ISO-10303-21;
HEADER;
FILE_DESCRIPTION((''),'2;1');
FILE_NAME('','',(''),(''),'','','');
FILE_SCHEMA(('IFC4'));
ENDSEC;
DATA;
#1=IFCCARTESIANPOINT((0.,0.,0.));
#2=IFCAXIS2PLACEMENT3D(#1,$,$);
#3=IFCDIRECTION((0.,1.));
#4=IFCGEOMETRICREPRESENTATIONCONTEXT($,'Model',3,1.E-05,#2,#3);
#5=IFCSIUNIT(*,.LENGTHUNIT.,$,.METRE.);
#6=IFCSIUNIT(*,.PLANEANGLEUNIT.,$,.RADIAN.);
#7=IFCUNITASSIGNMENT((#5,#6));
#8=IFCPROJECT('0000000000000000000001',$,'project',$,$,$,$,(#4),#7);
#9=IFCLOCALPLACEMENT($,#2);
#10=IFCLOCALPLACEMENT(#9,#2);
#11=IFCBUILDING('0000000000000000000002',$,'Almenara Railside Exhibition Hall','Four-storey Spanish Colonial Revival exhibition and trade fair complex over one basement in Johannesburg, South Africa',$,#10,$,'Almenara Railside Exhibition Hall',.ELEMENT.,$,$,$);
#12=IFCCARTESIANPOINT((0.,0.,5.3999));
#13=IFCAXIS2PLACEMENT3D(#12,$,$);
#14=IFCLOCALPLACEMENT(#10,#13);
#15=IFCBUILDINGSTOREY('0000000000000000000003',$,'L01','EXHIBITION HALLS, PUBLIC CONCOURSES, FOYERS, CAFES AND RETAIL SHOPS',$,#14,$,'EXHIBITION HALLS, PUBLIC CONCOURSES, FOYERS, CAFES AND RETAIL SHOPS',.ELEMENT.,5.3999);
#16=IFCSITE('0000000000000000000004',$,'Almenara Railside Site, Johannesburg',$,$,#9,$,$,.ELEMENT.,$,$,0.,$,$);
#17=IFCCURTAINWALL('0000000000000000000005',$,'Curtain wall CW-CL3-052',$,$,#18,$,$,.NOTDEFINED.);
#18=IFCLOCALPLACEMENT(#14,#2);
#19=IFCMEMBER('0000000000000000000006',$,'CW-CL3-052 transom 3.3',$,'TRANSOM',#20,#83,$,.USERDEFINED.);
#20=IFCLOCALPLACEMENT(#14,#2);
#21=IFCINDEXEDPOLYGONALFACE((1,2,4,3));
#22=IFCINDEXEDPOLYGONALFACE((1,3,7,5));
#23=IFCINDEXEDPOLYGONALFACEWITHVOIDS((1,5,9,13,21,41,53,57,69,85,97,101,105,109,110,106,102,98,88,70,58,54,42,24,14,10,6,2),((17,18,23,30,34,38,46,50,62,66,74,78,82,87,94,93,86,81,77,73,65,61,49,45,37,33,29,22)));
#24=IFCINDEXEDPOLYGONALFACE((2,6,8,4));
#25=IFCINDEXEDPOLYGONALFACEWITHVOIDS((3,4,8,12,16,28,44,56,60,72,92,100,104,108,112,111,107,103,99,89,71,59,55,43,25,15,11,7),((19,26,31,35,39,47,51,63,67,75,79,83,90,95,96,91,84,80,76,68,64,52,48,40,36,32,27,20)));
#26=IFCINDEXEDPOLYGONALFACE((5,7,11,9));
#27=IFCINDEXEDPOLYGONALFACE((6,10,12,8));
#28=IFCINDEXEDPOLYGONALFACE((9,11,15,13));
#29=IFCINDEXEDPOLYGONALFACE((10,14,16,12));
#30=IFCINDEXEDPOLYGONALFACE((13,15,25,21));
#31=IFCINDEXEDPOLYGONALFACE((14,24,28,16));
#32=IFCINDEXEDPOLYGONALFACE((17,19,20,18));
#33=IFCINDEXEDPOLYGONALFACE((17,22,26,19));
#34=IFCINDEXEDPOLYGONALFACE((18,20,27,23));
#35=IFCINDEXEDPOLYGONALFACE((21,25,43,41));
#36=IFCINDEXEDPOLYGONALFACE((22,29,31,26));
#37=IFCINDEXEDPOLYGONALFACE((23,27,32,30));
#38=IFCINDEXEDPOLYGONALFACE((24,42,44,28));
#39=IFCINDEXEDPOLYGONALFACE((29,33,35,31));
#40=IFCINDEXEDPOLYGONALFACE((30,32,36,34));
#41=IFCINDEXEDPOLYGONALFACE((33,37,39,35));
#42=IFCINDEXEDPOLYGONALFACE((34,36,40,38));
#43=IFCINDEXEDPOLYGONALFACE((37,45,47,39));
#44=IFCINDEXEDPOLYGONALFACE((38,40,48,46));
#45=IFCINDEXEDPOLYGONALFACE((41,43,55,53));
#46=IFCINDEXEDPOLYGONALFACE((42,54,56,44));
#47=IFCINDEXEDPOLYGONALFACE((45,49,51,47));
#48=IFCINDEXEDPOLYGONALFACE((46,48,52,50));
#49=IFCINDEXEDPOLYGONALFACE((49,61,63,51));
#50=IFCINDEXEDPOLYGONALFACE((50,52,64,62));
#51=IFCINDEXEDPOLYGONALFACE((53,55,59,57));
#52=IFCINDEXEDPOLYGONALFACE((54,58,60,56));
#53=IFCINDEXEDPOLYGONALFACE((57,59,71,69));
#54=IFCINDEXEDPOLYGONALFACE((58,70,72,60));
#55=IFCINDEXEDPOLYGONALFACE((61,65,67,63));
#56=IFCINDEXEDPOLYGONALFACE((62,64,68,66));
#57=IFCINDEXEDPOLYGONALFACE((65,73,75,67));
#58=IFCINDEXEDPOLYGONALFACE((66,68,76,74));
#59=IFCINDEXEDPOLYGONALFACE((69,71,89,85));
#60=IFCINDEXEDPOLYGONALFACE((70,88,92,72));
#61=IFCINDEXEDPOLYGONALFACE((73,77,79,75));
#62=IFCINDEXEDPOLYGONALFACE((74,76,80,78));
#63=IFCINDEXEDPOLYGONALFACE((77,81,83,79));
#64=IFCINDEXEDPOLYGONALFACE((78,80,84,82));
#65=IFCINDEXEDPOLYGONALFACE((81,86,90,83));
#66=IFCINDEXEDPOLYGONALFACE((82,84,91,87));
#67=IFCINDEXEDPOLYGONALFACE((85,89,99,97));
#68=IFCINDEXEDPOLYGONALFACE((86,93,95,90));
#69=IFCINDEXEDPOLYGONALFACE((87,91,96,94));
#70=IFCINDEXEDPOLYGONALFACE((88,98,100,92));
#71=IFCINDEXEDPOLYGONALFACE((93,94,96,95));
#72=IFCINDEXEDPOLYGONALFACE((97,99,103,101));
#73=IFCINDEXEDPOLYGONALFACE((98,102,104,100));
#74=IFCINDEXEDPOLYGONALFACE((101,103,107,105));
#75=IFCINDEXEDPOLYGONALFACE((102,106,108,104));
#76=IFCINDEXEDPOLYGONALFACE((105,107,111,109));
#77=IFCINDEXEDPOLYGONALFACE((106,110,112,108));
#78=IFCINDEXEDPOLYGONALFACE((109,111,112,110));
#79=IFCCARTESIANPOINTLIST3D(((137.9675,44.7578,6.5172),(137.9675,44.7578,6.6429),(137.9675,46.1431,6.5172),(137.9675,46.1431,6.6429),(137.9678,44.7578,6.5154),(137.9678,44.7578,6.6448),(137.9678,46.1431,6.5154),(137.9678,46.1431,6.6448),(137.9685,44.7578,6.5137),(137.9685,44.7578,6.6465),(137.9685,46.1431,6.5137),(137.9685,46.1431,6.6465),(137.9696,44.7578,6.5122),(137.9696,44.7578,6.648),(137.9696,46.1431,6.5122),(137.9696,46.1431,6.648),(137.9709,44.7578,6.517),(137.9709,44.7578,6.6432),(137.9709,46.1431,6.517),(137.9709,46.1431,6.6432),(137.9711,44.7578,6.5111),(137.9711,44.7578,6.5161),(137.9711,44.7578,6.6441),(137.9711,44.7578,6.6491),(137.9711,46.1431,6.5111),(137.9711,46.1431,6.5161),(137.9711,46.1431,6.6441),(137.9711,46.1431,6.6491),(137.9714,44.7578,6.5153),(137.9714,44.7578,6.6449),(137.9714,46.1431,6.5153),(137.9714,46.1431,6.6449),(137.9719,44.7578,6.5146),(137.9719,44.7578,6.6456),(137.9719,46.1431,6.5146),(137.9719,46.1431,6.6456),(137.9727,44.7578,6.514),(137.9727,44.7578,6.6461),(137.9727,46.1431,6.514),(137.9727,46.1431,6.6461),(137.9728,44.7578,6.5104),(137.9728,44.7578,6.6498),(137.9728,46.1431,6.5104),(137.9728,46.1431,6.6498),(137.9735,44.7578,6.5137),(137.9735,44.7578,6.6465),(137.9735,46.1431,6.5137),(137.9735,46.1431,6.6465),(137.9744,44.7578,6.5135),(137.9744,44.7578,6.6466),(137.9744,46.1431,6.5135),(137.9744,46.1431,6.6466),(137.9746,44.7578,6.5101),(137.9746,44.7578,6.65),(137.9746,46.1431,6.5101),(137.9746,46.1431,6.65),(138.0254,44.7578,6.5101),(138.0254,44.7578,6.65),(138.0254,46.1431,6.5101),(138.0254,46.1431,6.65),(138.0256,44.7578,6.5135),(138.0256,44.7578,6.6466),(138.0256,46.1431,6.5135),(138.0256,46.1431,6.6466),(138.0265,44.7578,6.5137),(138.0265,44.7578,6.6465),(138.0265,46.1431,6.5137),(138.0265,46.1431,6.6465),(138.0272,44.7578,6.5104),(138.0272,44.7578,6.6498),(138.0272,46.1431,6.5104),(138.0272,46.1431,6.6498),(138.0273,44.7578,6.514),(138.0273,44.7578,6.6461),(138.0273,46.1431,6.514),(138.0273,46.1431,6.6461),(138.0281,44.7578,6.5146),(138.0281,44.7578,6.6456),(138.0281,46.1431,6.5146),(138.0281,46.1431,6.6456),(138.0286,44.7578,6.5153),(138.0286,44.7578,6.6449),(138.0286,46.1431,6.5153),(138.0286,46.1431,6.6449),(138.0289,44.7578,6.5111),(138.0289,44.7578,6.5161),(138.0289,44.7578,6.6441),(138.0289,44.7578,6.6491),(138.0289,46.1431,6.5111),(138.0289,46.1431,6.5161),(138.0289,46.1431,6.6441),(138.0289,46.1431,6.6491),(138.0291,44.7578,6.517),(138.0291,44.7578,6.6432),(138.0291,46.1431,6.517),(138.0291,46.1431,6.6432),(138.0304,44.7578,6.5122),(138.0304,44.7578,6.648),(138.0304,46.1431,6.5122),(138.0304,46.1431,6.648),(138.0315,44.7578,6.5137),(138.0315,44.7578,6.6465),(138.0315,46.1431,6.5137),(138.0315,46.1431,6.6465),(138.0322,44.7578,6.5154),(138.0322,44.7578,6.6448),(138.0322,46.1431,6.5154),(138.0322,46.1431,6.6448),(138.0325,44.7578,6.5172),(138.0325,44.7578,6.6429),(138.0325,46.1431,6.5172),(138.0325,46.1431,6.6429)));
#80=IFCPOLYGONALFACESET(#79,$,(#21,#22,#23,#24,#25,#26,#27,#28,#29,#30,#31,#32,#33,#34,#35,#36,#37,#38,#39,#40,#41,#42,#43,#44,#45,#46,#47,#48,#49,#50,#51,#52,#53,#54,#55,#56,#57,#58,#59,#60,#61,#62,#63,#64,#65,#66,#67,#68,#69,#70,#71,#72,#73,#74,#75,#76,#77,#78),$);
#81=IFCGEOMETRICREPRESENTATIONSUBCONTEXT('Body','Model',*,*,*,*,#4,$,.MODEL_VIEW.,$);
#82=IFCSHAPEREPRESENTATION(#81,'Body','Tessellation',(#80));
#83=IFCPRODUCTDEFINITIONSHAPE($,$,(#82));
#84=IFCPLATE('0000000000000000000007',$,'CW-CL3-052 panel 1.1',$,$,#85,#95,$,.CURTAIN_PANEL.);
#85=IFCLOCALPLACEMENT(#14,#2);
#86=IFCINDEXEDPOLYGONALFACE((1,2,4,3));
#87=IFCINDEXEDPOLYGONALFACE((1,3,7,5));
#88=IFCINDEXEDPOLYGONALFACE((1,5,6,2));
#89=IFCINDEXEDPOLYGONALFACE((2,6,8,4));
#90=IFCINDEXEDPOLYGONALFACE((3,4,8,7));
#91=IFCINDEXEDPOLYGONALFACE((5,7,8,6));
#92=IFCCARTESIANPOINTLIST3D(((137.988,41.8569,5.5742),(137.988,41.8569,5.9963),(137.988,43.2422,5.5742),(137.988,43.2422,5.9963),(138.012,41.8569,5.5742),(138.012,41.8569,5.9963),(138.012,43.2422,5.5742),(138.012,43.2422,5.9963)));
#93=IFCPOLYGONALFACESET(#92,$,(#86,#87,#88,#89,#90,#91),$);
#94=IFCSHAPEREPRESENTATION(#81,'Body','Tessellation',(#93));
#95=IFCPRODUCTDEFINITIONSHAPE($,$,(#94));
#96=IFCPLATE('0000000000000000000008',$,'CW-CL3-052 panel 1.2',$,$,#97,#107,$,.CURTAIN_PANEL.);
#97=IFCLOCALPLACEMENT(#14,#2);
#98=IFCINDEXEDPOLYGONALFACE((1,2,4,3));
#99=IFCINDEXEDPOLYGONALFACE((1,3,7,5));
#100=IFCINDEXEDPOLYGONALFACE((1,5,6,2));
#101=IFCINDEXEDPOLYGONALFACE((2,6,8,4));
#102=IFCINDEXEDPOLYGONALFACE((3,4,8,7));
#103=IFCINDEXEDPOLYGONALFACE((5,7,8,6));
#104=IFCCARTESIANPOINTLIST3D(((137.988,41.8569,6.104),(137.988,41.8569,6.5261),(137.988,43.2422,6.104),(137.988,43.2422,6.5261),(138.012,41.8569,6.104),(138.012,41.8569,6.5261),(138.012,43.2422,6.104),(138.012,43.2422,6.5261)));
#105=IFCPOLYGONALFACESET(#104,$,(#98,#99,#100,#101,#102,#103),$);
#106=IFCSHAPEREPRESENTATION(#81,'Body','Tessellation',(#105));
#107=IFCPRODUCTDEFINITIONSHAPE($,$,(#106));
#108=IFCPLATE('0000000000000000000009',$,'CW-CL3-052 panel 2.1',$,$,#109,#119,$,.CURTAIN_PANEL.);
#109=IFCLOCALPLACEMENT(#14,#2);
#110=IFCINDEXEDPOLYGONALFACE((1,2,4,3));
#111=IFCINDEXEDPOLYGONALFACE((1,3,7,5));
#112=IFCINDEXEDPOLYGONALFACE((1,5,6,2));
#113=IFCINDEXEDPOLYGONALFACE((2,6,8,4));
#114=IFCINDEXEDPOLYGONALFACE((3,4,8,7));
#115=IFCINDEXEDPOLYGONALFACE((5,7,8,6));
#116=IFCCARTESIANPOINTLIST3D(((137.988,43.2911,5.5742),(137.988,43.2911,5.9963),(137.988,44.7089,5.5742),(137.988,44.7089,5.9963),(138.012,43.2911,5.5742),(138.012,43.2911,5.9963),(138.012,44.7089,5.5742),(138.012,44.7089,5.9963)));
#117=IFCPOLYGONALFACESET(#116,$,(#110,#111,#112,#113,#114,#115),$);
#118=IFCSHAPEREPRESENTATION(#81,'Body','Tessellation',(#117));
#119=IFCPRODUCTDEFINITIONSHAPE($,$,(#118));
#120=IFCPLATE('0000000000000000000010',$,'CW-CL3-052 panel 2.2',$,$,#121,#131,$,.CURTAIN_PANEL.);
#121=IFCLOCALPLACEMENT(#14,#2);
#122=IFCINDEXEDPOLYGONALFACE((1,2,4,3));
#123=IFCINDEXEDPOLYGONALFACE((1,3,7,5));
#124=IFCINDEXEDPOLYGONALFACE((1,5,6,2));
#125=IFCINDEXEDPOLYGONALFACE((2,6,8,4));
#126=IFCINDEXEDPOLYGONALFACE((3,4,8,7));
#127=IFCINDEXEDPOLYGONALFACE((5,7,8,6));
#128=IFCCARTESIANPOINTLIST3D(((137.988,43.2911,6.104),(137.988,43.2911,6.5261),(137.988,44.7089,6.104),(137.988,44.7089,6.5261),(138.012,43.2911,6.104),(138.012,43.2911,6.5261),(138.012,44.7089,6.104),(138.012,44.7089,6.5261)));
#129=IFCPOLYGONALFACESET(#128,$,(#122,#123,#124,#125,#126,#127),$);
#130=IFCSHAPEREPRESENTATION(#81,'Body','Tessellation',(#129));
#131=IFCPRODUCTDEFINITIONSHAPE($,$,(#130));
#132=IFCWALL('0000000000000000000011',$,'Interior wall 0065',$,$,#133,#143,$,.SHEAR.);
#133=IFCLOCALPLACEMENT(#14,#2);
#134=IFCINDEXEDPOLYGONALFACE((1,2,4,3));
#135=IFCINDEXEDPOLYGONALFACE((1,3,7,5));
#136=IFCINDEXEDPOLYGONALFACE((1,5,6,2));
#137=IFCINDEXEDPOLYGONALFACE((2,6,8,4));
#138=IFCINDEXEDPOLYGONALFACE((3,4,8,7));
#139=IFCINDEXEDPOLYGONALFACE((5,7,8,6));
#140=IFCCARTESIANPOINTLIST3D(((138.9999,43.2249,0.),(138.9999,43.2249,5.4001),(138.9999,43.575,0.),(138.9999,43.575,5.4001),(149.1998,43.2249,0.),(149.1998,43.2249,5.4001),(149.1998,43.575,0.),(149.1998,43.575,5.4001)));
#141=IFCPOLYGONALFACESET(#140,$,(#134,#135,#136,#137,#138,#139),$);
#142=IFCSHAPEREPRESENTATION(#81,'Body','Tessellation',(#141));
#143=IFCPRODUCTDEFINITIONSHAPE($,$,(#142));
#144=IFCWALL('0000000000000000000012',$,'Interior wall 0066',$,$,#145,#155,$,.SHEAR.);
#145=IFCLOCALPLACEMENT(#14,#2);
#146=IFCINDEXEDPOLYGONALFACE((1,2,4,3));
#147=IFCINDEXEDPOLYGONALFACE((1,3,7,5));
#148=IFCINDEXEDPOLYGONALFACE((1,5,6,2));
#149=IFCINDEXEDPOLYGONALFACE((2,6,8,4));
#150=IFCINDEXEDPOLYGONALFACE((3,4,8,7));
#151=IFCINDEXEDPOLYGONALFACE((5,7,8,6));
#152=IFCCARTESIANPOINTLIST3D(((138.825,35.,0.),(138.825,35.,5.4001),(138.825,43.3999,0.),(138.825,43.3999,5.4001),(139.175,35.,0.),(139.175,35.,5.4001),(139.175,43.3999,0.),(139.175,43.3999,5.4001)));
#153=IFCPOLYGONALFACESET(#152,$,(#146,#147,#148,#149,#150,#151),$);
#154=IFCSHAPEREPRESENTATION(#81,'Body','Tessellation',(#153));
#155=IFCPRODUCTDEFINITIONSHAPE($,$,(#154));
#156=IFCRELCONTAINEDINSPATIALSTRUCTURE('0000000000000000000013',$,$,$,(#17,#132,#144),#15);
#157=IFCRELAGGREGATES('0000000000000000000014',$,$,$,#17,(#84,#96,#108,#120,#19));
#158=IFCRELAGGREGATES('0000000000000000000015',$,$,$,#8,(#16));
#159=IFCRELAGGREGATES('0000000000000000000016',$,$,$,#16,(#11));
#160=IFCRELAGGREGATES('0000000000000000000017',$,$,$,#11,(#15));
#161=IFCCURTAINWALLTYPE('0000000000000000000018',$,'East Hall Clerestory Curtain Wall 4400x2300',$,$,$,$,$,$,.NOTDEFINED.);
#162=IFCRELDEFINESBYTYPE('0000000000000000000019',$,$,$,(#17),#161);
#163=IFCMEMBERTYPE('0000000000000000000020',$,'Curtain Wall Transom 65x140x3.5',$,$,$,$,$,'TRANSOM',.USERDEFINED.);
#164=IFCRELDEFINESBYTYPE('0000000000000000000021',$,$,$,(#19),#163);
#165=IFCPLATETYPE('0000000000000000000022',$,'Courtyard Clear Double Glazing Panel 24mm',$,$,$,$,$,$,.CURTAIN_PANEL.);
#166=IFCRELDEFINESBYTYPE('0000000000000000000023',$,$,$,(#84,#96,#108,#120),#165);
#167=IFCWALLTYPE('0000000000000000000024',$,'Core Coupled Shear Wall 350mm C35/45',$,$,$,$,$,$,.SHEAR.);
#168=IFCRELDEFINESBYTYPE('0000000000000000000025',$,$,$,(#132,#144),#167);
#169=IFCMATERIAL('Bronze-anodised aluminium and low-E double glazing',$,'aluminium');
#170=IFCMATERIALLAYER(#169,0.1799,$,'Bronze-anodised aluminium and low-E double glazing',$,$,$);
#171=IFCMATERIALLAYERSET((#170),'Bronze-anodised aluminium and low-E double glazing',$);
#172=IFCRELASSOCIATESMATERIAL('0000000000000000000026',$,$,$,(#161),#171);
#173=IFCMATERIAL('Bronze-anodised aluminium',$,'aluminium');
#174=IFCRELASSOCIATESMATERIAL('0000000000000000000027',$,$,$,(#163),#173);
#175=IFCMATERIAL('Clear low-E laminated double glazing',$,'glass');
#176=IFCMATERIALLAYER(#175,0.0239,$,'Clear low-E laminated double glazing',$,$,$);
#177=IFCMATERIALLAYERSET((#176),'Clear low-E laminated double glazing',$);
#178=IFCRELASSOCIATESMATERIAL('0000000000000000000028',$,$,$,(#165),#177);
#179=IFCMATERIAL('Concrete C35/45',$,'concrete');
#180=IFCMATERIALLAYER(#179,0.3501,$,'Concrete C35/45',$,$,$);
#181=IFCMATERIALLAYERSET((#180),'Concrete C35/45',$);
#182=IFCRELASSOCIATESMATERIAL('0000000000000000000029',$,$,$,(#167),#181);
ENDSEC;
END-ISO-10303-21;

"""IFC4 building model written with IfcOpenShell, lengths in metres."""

from ifc_helpers import new_model, si_unit, direction, frame, frame_2d, origin, origin_2d, place, context, subcontext, project, spatial, rectangle, hollow_rectangle, extrude, material, layer, layer_set, material_profile, profile_set, type_object, element, aggregate, save


model = new_model("IFC4")

# Units and contexts
model_context = context("Model", 3, precision=1e-05, world=origin(), true_north=direction((0.0, 1.0)))
body_context = subcontext(model_context, "Body", "Model", "MODEL_VIEW")
ifc_project = project(units=[si_unit("LENGTHUNIT", "METRE"), si_unit("PLANEANGLEUNIT", "RADIAN")], contexts=[model_context])

# Site, building, storey
site_placement = place(None, origin())
site = spatial("IfcSite", under=ifc_project, at=site_placement, Name="Almenara Railside Site, Johannesburg", CompositionType="ELEMENT", RefElevation=0.0)
building_placement = place(site_placement, origin())
building = spatial("IfcBuilding", under=site, at=building_placement, Name="Almenara Railside Exhibition Hall", Description="Four-storey Spanish Colonial Revival exhibition and trade fair complex over one basement in Johannesburg, South Africa", LongName="Almenara Railside Exhibition Hall", CompositionType="ELEMENT")
storey_placement = place(building_placement, frame((0.0, 0.0, 5.3999)))
storey = spatial("IfcBuildingStorey", under=building, at=storey_placement, Name="L01", Description="EXHIBITION HALLS, PUBLIC CONCOURSES, FOYERS, CAFES AND RETAIL SHOPS", LongName="EXHIBITION HALLS, PUBLIC CONCOURSES, FOYERS, CAFES AND RETAIL SHOPS", CompositionType="ELEMENT", Elevation=5.3999)

# Curtain wall, member, plates
ifc_material_1 = material(Name="Bronze-anodised aluminium and low-E double glazing", Category="aluminium")
ifc_layer_1 = layer(ifc_material_1, 0.1799, Name="Bronze-anodised aluminium and low-E double glazing")
ifc_layer_set_1 = layer_set([ifc_layer_1], Name="Bronze-anodised aluminium and low-E double glazing")
curtain_wall_type = type_object("IfcCurtainWallType", Name="East Hall Clerestory Curtain Wall 4400x2300", PredefinedType="NOTDEFINED", material=ifc_layer_set_1)
curtain_wall_placement = place(storey_placement, origin())
curtain_wall = element("IfcCurtainWall", 1, at=curtain_wall_placement, inside=storey, type_object=curtain_wall_type, Name="Curtain wall CW-CL3-052", PredefinedType="NOTDEFINED")
ifc_material_2 = material(Name="Bronze-anodised aluminium", Category="aluminium")
ifc_material_profile_1 = material_profile(ifc_material_2, hollow_rectangle(XDim=0.0649, YDim=0.1399, WallThickness=0.0034, InnerFilletRadius=0.0034, OuterFilletRadius=0.0071, at=origin_2d()), Name="ALU-TRN 65x140x3.5")
ifc_profile_set_1 = profile_set([ifc_material_profile_1], Name="Bronze-anodised aluminium")
member_type_1 = type_object("IfcMemberType", Name="Curtain Wall Transom 65x140x3.5", ElementType="TRANSOM", PredefinedType="USERDEFINED", material=ifc_profile_set_1)
member_1_placement = place(storey_placement, frame((138.0, 44.7578, 6.5801), z_axis=(0.0, 1.0, 0.0), x_axis=(-1.0, 0.0, 0.0)))
member_1 = element("IfcMember", 2, at=member_1_placement, type_object=member_type_1, Name="CW-CL3-052 transom 3.3", ObjectType="TRANSOM", PredefinedType="USERDEFINED", context=body_context, shape_type="SweptSolid", body=[
    extrude(hollow_rectangle(XDim=0.0649, YDim=0.1399, WallThickness=0.0034, InnerFilletRadius=0.0034, OuterFilletRadius=0.0071, at=origin_2d()), origin(), (0.0, 0.0, 1.0), 1.3853),
])
ifc_material_3 = material(Name="Clear low-E laminated double glazing", Category="glass")
ifc_layer_2 = layer(ifc_material_3, 0.0239, Name="Clear low-E laminated double glazing")
ifc_layer_set_2 = layer_set([ifc_layer_2], Name="Clear low-E laminated double glazing")
plate_type = type_object("IfcPlateType", Name="Courtyard Clear Double Glazing Panel 24mm", PredefinedType="CURTAIN_PANEL", material=ifc_layer_set_2)
plate_1_placement = place(storey_placement, frame((138.0, 42.5496, 5.5742), z_axis=(0.0, 0.0, 1.0), x_axis=(0.0, 1.0, 0.0)))
plate_1 = element("IfcPlate", 3, at=plate_1_placement, type_object=plate_type, Name="CW-CL3-052 panel 1.1", PredefinedType="CURTAIN_PANEL", context=body_context, shape_type="SweptSolid", body=[
    extrude(rectangle(XDim=1.3853, YDim=0.0239, at=origin_2d()), origin(), (0.0, 0.0, 1.0), 0.4221),
])
plate_2_placement = place(storey_placement, frame((138.0, 42.5496, 6.104), z_axis=(0.0, 0.0, 1.0), x_axis=(0.0, 1.0, 0.0)))
plate_2 = element("IfcPlate", 4, at=plate_2_placement, type_object=plate_type, Name="CW-CL3-052 panel 1.2", PredefinedType="CURTAIN_PANEL", context=body_context, shape_type="SweptSolid", body=[
    extrude(rectangle(XDim=1.3853, YDim=0.0239, at=origin_2d()), origin(), (0.0, 0.0, 1.0), 0.4221),
])
plate_3_placement = place(storey_placement, frame((138.0, 44.0, 5.5742), z_axis=(0.0, 0.0, 1.0), x_axis=(0.0, 1.0, 0.0)))
plate_3 = element("IfcPlate", 5, at=plate_3_placement, type_object=plate_type, Name="CW-CL3-052 panel 2.1", PredefinedType="CURTAIN_PANEL", context=body_context, shape_type="SweptSolid", body=[
    extrude(rectangle(XDim=1.4177, YDim=0.0239, at=origin_2d()), origin(), (0.0, 0.0, 1.0), 0.4221),
])
plate_4_placement = place(storey_placement, frame((138.0, 44.0, 6.104), z_axis=(0.0, 0.0, 1.0), x_axis=(0.0, 1.0, 0.0)))
plate_4 = element("IfcPlate", 6, at=plate_4_placement, type_object=plate_type, Name="CW-CL3-052 panel 2.2", PredefinedType="CURTAIN_PANEL", context=body_context, shape_type="SweptSolid", body=[
    extrude(rectangle(XDim=1.4177, YDim=0.0239, at=origin_2d()), origin(), (0.0, 0.0, 1.0), 0.4221),
])
aggregate(curtain_wall, [plate_1, plate_2, plate_3, plate_4, member_1])

# Walls
ifc_material_4 = material(Name="Concrete C35/45", Category="concrete")
ifc_layer_3 = layer(ifc_material_4, 0.3501, Name="Concrete C35/45")
ifc_layer_set_3 = layer_set([ifc_layer_3], Name="Concrete C35/45")
wall_type_1 = type_object("IfcWallType", Name="Core Coupled Shear Wall 350mm C35/45", PredefinedType="SHEAR", material=ifc_layer_set_3)
wall_1_placement = place(storey_placement, frame((149.2, 43.3999, 0.0), z_axis=(0.0, 0.0, 1.0), x_axis=(-1.0, 0.0, 0.0)))
element("IfcWall", 7, at=wall_1_placement, inside=storey, type_object=wall_type_1, Name="Interior wall 0065", PredefinedType="SHEAR", context=body_context, shape_type="SweptSolid", body=[
    extrude(rectangle(XDim=10.2, YDim=0.3501, at=frame_2d((5.1001, 0.0))), origin(), (0.0, 0.0, 1.0), 5.4001),
])
wall_2_placement = place(storey_placement, frame((139.0, 43.3999, 0.0), z_axis=(0.0, 0.0, 1.0), x_axis=(0.0, -1.0, 0.0)))
element("IfcWall", 8, at=wall_2_placement, inside=storey, type_object=wall_type_1, Name="Interior wall 0066", PredefinedType="SHEAR", context=body_context, shape_type="SweptSolid", body=[
    extrude(rectangle(XDim=8.3999, YDim=0.3501, at=frame_2d((4.2, 0.0))), origin(), (0.0, 0.0, 1.0), 5.4001),
])

save(model, "model.ifc")
